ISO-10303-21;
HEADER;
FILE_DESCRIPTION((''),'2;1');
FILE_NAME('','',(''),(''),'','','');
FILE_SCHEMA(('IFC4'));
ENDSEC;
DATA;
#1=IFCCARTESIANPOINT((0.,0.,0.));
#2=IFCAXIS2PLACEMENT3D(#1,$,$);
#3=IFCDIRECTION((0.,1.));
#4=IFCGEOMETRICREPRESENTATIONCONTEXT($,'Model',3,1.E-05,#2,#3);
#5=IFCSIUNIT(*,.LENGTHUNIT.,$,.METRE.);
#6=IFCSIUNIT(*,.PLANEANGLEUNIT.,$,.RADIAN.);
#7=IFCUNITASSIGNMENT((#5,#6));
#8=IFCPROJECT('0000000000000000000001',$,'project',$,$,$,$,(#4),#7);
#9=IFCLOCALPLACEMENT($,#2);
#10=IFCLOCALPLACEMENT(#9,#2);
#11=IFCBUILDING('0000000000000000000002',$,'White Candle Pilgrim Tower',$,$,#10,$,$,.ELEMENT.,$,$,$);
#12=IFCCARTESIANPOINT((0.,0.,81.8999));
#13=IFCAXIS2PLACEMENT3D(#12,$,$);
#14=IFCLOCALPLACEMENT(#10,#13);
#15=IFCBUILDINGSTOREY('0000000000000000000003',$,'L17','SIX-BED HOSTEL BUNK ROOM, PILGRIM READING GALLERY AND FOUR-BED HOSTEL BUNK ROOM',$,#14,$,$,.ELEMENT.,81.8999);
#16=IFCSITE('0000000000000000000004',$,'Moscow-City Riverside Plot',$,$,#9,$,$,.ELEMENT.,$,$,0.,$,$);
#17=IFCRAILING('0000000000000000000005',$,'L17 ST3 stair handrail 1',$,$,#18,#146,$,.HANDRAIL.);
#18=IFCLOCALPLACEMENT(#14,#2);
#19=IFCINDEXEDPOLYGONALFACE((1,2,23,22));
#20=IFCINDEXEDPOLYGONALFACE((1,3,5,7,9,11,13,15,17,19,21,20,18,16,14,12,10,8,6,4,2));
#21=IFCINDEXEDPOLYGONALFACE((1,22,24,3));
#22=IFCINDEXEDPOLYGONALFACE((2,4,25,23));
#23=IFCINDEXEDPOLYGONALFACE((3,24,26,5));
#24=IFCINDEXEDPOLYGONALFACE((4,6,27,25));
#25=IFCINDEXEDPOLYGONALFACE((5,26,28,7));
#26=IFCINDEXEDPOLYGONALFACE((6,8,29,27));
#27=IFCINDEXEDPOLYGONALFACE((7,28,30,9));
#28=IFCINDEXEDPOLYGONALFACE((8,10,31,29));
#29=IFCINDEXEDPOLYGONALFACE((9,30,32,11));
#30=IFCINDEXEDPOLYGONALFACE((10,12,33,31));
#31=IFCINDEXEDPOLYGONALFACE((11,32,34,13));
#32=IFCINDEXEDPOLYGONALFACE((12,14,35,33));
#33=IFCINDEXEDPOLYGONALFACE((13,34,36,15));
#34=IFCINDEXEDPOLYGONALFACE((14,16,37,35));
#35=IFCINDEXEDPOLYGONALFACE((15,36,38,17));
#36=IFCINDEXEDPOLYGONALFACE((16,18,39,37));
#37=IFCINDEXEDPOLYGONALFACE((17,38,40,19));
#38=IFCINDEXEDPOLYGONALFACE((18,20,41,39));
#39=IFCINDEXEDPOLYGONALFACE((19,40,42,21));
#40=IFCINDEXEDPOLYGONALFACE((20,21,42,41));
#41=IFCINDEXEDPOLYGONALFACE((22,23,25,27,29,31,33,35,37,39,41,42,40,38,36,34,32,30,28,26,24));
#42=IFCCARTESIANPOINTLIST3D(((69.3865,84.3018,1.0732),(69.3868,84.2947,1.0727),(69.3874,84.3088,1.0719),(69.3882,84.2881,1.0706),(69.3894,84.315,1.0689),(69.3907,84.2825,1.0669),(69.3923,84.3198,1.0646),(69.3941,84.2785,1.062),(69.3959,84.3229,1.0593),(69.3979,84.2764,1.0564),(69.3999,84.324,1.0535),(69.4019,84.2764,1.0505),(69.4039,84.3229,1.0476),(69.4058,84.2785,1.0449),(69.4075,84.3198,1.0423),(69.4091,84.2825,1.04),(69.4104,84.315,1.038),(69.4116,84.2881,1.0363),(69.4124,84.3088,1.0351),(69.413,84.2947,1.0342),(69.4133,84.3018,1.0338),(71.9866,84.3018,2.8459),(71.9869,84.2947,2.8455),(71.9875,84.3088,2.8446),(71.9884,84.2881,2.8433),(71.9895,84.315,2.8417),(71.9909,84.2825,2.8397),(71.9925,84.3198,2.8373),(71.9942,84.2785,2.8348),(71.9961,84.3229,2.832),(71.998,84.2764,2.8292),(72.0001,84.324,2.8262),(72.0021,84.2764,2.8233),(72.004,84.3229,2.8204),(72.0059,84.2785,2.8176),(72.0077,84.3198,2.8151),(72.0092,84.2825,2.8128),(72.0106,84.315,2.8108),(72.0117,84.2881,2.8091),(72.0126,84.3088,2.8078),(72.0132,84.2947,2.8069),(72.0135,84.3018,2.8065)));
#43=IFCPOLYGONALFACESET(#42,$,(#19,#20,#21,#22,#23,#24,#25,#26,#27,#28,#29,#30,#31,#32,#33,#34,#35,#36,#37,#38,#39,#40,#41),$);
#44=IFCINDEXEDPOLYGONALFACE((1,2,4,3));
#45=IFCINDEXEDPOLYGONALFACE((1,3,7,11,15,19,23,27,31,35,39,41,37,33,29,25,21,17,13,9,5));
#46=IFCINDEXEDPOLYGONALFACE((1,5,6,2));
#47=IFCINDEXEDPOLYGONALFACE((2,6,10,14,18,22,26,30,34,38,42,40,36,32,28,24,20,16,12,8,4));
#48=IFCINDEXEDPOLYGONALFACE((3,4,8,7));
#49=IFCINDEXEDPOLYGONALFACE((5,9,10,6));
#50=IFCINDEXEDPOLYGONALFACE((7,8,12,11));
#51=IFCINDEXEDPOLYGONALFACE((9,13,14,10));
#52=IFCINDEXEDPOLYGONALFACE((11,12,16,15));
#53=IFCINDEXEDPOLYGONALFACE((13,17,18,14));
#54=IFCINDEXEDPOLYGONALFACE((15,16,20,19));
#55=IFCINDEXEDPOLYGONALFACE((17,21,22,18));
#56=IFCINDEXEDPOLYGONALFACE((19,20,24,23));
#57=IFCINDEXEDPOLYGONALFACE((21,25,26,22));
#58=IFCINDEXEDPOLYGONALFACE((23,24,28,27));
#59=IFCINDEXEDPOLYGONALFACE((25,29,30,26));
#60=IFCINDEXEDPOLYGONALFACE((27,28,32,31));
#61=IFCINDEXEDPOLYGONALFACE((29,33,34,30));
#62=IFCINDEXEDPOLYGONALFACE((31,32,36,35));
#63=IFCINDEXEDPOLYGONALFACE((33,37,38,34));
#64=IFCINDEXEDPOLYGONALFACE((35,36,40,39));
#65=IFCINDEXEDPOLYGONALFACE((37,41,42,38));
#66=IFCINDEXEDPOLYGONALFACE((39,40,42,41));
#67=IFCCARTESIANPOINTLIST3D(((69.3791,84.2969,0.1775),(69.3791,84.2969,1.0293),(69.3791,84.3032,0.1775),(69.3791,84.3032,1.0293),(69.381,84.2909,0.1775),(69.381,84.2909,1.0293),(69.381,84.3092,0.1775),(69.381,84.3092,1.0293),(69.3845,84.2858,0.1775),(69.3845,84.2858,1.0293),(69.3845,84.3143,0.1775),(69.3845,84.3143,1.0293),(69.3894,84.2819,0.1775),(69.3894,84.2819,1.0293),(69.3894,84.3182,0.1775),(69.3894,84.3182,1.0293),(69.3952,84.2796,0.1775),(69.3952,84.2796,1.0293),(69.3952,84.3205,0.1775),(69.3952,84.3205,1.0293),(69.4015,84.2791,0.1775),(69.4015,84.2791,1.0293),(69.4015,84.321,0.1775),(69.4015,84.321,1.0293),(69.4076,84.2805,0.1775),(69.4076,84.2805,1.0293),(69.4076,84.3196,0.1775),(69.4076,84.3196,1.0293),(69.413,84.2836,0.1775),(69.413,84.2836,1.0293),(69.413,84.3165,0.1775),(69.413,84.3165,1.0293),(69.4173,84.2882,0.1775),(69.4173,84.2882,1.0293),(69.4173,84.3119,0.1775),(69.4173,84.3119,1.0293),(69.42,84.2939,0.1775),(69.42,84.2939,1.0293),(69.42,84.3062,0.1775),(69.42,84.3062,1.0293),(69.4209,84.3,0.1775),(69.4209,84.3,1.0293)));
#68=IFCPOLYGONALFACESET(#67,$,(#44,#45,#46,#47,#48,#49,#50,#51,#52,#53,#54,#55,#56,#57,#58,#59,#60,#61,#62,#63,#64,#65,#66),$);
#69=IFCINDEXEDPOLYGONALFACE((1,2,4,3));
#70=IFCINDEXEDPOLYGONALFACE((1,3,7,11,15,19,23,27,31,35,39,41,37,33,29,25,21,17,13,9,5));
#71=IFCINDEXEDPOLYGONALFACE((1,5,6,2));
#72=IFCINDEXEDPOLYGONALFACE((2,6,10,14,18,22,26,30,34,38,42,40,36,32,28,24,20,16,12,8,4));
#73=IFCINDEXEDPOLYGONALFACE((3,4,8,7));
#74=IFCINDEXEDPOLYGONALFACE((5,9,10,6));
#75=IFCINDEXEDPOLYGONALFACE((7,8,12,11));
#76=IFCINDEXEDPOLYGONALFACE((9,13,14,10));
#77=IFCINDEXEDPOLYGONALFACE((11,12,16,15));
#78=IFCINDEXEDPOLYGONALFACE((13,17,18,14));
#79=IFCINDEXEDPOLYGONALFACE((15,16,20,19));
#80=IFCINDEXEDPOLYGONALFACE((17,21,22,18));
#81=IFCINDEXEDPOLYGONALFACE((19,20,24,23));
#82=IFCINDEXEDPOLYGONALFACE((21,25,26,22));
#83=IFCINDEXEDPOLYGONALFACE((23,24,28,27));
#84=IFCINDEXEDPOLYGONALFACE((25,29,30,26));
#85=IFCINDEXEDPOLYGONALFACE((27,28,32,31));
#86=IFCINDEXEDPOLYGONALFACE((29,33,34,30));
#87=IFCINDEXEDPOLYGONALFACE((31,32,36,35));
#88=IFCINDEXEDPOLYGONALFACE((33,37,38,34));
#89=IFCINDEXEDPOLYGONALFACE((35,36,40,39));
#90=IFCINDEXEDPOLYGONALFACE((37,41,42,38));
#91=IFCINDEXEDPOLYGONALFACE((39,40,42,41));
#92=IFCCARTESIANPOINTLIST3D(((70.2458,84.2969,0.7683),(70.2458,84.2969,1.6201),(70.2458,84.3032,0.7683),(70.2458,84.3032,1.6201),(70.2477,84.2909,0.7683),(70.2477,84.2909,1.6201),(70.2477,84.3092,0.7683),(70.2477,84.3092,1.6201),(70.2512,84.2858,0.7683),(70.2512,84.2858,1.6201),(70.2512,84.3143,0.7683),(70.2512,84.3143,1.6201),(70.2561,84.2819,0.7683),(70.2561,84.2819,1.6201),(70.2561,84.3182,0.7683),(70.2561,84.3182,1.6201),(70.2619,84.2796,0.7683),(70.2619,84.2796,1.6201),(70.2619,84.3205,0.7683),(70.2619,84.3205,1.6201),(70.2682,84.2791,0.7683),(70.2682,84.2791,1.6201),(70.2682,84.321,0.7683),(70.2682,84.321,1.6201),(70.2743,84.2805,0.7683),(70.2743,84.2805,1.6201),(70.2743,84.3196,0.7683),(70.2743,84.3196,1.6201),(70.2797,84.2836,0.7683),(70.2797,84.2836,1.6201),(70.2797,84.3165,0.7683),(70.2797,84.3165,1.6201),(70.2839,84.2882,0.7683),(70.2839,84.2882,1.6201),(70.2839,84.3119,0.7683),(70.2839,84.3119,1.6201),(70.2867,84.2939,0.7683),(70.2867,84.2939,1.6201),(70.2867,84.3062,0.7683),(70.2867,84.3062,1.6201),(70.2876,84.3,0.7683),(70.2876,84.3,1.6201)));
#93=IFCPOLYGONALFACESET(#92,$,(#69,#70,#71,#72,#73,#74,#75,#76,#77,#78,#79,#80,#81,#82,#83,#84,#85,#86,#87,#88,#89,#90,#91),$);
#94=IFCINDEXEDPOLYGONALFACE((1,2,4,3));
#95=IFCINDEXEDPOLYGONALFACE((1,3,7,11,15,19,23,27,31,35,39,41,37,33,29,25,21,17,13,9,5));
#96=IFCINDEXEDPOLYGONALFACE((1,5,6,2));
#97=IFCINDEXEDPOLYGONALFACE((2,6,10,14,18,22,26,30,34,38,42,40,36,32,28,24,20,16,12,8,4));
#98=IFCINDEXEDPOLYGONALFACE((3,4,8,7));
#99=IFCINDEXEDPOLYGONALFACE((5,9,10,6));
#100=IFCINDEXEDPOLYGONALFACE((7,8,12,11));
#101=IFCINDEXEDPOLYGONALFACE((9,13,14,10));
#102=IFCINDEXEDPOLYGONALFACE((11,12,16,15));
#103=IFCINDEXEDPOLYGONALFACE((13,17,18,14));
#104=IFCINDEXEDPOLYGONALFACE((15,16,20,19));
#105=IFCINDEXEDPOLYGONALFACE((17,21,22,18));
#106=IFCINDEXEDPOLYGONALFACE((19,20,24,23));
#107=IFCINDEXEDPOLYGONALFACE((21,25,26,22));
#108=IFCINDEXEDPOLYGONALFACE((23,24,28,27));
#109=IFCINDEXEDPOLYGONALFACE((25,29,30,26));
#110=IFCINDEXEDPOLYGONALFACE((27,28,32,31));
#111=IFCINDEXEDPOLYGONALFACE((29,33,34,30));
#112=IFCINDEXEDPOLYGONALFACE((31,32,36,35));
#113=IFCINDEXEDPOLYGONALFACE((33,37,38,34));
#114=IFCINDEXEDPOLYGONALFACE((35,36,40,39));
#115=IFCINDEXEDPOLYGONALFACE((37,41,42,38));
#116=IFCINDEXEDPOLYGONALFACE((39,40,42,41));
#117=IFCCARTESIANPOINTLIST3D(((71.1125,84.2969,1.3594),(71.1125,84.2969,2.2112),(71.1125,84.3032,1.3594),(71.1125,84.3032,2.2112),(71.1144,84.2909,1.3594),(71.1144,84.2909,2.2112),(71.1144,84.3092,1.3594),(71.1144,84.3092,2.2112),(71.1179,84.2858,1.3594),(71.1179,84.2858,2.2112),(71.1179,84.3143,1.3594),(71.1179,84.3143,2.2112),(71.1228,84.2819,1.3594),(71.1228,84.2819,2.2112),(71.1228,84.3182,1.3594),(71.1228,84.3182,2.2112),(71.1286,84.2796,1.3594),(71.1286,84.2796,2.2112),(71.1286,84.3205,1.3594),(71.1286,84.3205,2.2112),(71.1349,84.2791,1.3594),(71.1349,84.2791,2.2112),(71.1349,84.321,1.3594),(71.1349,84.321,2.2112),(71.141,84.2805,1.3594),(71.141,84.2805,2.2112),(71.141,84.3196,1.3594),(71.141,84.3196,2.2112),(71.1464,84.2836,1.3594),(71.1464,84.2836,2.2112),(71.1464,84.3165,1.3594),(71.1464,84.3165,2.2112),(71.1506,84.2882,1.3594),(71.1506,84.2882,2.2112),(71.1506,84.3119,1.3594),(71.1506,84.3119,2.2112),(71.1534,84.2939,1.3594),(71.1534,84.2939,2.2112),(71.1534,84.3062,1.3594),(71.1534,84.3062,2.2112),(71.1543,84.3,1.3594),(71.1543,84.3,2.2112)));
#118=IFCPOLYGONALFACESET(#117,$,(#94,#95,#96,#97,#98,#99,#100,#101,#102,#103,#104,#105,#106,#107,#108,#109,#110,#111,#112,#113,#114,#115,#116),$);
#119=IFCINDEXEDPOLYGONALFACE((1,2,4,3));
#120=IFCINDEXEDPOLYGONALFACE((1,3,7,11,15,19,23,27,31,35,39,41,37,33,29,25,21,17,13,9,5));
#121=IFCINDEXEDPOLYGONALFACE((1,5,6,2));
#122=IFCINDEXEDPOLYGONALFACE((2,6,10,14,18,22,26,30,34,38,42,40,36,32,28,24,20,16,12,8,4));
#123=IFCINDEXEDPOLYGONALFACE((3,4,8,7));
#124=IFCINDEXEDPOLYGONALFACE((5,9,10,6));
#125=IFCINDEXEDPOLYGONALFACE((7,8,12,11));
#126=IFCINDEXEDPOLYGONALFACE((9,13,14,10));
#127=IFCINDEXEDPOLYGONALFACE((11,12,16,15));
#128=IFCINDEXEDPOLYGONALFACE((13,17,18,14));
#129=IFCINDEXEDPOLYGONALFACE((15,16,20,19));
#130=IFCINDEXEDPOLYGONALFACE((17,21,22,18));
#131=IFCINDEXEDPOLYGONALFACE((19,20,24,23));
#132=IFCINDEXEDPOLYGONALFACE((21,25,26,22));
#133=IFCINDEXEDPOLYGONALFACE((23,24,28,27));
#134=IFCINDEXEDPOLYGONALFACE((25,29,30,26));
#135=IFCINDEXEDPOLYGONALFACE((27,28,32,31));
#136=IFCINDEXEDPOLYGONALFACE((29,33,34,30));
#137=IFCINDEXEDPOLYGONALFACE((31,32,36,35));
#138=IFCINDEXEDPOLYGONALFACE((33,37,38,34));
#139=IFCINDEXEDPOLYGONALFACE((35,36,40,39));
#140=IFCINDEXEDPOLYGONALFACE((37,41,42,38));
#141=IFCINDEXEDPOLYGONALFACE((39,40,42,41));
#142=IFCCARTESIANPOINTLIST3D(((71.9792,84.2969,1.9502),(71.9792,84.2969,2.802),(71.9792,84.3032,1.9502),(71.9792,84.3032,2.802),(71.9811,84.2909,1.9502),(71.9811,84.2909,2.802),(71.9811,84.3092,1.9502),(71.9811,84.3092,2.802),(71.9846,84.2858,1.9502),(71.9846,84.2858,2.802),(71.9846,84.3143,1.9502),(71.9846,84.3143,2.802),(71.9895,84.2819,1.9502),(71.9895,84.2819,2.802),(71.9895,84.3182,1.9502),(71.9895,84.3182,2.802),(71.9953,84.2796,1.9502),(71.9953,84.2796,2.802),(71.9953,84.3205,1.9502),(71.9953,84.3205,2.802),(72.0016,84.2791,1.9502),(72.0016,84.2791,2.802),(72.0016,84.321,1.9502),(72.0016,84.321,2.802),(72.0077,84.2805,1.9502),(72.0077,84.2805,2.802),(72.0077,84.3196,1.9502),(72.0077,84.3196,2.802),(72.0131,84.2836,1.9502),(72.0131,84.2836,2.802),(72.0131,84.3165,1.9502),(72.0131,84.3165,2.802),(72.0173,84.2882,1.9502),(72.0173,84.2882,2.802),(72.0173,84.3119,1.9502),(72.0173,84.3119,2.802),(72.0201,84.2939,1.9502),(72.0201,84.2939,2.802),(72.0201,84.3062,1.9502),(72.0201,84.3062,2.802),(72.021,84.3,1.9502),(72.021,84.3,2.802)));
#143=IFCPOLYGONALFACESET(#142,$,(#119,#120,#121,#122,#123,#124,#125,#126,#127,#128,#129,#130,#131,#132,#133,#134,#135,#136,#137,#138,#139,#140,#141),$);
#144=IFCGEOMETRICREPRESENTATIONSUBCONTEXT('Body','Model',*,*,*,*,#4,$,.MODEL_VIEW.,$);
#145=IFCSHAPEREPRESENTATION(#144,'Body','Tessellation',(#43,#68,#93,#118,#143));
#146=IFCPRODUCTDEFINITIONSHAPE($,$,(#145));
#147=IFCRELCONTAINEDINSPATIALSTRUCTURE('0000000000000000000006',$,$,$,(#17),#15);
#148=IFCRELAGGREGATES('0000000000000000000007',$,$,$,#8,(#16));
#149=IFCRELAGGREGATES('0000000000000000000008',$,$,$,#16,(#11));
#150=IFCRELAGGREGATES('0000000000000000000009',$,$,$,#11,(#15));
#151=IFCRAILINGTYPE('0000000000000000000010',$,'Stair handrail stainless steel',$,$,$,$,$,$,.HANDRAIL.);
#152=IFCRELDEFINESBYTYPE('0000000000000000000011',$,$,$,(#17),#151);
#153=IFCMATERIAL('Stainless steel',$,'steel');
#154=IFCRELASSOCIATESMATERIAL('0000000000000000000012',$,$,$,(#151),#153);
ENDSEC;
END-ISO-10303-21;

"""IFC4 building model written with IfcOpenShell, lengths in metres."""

from ifc_helpers import new_model, si_unit, direction, frame, origin, origin_2d, place, context, subcontext, project, spatial, circle, extrude, material, type_object, element, save


model = new_model("IFC4")

# Units and contexts
model_context = context("Model", 3, precision=1e-05, world=origin(), true_north=direction((0.0, 1.0)))
body_context = subcontext(model_context, "Body", "Model", "MODEL_VIEW")
ifc_project = project(units=[si_unit("LENGTHUNIT", "METRE"), si_unit("PLANEANGLEUNIT", "RADIAN")], contexts=[model_context])

# Site, building, storey
site_placement = place(None, origin())
site = spatial("IfcSite", under=ifc_project, at=site_placement, Name="Moscow-City Riverside Plot", CompositionType="ELEMENT", RefElevation=0.0)
building_placement = place(site_placement, origin())
building = spatial("IfcBuilding", under=site, at=building_placement, Name="White Candle Pilgrim Tower", CompositionType="ELEMENT")
storey_placement = place(building_placement, frame((0.0, 0.0, 81.8999)))
storey = spatial("IfcBuildingStorey", under=building, at=storey_placement, Name="L17", Description="SIX-BED HOSTEL BUNK ROOM, PILGRIM READING GALLERY AND FOUR-BED HOSTEL BUNK ROOM", CompositionType="ELEMENT", Elevation=81.8999)

# Railing
ifc_material_1 = material(Name="Stainless steel", Category="steel")
railing_type_1 = type_object("IfcRailingType", Name="Stair handrail stainless steel", PredefinedType="HANDRAIL", material=ifc_material_1)
railing_1_placement = place(storey_placement, frame((69.3999, 84.3, 0.1775)))
element("IfcRailing", 1, at=railing_1_placement, inside=storey, type_object=railing_type_1, Name="L17 ST3 stair handrail 1", PredefinedType="HANDRAIL", context=body_context, shape_type="SweptSolid", body=[
    extrude(circle(Radius=0.0239, at=origin_2d()), frame((0.0, 0.0, 0.876), z_axis=(0.82624, 0.0, 0.563318), x_axis=(0.0, 1.0, 0.0)), (0.0, 0.0, 1.0), 3.147),
    extrude(circle(Radius=0.021, at=origin_2d()), origin(), (0.0, 0.0, 1.0), 0.8518),
    extrude(circle(Radius=0.021, at=origin_2d()), frame((0.8667, 0.0, 0.5908)), (0.0, 0.0, 1.0), 0.8518),
    extrude(circle(Radius=0.021, at=origin_2d()), frame((1.7334, 0.0, 1.1819)), (0.0, 0.0, 1.0), 0.8518),
    extrude(circle(Radius=0.021, at=origin_2d()), frame((2.6001, 0.0, 1.7727)), (0.0, 0.0, 1.0), 0.8518),
])

save(model, "model.ifc")
